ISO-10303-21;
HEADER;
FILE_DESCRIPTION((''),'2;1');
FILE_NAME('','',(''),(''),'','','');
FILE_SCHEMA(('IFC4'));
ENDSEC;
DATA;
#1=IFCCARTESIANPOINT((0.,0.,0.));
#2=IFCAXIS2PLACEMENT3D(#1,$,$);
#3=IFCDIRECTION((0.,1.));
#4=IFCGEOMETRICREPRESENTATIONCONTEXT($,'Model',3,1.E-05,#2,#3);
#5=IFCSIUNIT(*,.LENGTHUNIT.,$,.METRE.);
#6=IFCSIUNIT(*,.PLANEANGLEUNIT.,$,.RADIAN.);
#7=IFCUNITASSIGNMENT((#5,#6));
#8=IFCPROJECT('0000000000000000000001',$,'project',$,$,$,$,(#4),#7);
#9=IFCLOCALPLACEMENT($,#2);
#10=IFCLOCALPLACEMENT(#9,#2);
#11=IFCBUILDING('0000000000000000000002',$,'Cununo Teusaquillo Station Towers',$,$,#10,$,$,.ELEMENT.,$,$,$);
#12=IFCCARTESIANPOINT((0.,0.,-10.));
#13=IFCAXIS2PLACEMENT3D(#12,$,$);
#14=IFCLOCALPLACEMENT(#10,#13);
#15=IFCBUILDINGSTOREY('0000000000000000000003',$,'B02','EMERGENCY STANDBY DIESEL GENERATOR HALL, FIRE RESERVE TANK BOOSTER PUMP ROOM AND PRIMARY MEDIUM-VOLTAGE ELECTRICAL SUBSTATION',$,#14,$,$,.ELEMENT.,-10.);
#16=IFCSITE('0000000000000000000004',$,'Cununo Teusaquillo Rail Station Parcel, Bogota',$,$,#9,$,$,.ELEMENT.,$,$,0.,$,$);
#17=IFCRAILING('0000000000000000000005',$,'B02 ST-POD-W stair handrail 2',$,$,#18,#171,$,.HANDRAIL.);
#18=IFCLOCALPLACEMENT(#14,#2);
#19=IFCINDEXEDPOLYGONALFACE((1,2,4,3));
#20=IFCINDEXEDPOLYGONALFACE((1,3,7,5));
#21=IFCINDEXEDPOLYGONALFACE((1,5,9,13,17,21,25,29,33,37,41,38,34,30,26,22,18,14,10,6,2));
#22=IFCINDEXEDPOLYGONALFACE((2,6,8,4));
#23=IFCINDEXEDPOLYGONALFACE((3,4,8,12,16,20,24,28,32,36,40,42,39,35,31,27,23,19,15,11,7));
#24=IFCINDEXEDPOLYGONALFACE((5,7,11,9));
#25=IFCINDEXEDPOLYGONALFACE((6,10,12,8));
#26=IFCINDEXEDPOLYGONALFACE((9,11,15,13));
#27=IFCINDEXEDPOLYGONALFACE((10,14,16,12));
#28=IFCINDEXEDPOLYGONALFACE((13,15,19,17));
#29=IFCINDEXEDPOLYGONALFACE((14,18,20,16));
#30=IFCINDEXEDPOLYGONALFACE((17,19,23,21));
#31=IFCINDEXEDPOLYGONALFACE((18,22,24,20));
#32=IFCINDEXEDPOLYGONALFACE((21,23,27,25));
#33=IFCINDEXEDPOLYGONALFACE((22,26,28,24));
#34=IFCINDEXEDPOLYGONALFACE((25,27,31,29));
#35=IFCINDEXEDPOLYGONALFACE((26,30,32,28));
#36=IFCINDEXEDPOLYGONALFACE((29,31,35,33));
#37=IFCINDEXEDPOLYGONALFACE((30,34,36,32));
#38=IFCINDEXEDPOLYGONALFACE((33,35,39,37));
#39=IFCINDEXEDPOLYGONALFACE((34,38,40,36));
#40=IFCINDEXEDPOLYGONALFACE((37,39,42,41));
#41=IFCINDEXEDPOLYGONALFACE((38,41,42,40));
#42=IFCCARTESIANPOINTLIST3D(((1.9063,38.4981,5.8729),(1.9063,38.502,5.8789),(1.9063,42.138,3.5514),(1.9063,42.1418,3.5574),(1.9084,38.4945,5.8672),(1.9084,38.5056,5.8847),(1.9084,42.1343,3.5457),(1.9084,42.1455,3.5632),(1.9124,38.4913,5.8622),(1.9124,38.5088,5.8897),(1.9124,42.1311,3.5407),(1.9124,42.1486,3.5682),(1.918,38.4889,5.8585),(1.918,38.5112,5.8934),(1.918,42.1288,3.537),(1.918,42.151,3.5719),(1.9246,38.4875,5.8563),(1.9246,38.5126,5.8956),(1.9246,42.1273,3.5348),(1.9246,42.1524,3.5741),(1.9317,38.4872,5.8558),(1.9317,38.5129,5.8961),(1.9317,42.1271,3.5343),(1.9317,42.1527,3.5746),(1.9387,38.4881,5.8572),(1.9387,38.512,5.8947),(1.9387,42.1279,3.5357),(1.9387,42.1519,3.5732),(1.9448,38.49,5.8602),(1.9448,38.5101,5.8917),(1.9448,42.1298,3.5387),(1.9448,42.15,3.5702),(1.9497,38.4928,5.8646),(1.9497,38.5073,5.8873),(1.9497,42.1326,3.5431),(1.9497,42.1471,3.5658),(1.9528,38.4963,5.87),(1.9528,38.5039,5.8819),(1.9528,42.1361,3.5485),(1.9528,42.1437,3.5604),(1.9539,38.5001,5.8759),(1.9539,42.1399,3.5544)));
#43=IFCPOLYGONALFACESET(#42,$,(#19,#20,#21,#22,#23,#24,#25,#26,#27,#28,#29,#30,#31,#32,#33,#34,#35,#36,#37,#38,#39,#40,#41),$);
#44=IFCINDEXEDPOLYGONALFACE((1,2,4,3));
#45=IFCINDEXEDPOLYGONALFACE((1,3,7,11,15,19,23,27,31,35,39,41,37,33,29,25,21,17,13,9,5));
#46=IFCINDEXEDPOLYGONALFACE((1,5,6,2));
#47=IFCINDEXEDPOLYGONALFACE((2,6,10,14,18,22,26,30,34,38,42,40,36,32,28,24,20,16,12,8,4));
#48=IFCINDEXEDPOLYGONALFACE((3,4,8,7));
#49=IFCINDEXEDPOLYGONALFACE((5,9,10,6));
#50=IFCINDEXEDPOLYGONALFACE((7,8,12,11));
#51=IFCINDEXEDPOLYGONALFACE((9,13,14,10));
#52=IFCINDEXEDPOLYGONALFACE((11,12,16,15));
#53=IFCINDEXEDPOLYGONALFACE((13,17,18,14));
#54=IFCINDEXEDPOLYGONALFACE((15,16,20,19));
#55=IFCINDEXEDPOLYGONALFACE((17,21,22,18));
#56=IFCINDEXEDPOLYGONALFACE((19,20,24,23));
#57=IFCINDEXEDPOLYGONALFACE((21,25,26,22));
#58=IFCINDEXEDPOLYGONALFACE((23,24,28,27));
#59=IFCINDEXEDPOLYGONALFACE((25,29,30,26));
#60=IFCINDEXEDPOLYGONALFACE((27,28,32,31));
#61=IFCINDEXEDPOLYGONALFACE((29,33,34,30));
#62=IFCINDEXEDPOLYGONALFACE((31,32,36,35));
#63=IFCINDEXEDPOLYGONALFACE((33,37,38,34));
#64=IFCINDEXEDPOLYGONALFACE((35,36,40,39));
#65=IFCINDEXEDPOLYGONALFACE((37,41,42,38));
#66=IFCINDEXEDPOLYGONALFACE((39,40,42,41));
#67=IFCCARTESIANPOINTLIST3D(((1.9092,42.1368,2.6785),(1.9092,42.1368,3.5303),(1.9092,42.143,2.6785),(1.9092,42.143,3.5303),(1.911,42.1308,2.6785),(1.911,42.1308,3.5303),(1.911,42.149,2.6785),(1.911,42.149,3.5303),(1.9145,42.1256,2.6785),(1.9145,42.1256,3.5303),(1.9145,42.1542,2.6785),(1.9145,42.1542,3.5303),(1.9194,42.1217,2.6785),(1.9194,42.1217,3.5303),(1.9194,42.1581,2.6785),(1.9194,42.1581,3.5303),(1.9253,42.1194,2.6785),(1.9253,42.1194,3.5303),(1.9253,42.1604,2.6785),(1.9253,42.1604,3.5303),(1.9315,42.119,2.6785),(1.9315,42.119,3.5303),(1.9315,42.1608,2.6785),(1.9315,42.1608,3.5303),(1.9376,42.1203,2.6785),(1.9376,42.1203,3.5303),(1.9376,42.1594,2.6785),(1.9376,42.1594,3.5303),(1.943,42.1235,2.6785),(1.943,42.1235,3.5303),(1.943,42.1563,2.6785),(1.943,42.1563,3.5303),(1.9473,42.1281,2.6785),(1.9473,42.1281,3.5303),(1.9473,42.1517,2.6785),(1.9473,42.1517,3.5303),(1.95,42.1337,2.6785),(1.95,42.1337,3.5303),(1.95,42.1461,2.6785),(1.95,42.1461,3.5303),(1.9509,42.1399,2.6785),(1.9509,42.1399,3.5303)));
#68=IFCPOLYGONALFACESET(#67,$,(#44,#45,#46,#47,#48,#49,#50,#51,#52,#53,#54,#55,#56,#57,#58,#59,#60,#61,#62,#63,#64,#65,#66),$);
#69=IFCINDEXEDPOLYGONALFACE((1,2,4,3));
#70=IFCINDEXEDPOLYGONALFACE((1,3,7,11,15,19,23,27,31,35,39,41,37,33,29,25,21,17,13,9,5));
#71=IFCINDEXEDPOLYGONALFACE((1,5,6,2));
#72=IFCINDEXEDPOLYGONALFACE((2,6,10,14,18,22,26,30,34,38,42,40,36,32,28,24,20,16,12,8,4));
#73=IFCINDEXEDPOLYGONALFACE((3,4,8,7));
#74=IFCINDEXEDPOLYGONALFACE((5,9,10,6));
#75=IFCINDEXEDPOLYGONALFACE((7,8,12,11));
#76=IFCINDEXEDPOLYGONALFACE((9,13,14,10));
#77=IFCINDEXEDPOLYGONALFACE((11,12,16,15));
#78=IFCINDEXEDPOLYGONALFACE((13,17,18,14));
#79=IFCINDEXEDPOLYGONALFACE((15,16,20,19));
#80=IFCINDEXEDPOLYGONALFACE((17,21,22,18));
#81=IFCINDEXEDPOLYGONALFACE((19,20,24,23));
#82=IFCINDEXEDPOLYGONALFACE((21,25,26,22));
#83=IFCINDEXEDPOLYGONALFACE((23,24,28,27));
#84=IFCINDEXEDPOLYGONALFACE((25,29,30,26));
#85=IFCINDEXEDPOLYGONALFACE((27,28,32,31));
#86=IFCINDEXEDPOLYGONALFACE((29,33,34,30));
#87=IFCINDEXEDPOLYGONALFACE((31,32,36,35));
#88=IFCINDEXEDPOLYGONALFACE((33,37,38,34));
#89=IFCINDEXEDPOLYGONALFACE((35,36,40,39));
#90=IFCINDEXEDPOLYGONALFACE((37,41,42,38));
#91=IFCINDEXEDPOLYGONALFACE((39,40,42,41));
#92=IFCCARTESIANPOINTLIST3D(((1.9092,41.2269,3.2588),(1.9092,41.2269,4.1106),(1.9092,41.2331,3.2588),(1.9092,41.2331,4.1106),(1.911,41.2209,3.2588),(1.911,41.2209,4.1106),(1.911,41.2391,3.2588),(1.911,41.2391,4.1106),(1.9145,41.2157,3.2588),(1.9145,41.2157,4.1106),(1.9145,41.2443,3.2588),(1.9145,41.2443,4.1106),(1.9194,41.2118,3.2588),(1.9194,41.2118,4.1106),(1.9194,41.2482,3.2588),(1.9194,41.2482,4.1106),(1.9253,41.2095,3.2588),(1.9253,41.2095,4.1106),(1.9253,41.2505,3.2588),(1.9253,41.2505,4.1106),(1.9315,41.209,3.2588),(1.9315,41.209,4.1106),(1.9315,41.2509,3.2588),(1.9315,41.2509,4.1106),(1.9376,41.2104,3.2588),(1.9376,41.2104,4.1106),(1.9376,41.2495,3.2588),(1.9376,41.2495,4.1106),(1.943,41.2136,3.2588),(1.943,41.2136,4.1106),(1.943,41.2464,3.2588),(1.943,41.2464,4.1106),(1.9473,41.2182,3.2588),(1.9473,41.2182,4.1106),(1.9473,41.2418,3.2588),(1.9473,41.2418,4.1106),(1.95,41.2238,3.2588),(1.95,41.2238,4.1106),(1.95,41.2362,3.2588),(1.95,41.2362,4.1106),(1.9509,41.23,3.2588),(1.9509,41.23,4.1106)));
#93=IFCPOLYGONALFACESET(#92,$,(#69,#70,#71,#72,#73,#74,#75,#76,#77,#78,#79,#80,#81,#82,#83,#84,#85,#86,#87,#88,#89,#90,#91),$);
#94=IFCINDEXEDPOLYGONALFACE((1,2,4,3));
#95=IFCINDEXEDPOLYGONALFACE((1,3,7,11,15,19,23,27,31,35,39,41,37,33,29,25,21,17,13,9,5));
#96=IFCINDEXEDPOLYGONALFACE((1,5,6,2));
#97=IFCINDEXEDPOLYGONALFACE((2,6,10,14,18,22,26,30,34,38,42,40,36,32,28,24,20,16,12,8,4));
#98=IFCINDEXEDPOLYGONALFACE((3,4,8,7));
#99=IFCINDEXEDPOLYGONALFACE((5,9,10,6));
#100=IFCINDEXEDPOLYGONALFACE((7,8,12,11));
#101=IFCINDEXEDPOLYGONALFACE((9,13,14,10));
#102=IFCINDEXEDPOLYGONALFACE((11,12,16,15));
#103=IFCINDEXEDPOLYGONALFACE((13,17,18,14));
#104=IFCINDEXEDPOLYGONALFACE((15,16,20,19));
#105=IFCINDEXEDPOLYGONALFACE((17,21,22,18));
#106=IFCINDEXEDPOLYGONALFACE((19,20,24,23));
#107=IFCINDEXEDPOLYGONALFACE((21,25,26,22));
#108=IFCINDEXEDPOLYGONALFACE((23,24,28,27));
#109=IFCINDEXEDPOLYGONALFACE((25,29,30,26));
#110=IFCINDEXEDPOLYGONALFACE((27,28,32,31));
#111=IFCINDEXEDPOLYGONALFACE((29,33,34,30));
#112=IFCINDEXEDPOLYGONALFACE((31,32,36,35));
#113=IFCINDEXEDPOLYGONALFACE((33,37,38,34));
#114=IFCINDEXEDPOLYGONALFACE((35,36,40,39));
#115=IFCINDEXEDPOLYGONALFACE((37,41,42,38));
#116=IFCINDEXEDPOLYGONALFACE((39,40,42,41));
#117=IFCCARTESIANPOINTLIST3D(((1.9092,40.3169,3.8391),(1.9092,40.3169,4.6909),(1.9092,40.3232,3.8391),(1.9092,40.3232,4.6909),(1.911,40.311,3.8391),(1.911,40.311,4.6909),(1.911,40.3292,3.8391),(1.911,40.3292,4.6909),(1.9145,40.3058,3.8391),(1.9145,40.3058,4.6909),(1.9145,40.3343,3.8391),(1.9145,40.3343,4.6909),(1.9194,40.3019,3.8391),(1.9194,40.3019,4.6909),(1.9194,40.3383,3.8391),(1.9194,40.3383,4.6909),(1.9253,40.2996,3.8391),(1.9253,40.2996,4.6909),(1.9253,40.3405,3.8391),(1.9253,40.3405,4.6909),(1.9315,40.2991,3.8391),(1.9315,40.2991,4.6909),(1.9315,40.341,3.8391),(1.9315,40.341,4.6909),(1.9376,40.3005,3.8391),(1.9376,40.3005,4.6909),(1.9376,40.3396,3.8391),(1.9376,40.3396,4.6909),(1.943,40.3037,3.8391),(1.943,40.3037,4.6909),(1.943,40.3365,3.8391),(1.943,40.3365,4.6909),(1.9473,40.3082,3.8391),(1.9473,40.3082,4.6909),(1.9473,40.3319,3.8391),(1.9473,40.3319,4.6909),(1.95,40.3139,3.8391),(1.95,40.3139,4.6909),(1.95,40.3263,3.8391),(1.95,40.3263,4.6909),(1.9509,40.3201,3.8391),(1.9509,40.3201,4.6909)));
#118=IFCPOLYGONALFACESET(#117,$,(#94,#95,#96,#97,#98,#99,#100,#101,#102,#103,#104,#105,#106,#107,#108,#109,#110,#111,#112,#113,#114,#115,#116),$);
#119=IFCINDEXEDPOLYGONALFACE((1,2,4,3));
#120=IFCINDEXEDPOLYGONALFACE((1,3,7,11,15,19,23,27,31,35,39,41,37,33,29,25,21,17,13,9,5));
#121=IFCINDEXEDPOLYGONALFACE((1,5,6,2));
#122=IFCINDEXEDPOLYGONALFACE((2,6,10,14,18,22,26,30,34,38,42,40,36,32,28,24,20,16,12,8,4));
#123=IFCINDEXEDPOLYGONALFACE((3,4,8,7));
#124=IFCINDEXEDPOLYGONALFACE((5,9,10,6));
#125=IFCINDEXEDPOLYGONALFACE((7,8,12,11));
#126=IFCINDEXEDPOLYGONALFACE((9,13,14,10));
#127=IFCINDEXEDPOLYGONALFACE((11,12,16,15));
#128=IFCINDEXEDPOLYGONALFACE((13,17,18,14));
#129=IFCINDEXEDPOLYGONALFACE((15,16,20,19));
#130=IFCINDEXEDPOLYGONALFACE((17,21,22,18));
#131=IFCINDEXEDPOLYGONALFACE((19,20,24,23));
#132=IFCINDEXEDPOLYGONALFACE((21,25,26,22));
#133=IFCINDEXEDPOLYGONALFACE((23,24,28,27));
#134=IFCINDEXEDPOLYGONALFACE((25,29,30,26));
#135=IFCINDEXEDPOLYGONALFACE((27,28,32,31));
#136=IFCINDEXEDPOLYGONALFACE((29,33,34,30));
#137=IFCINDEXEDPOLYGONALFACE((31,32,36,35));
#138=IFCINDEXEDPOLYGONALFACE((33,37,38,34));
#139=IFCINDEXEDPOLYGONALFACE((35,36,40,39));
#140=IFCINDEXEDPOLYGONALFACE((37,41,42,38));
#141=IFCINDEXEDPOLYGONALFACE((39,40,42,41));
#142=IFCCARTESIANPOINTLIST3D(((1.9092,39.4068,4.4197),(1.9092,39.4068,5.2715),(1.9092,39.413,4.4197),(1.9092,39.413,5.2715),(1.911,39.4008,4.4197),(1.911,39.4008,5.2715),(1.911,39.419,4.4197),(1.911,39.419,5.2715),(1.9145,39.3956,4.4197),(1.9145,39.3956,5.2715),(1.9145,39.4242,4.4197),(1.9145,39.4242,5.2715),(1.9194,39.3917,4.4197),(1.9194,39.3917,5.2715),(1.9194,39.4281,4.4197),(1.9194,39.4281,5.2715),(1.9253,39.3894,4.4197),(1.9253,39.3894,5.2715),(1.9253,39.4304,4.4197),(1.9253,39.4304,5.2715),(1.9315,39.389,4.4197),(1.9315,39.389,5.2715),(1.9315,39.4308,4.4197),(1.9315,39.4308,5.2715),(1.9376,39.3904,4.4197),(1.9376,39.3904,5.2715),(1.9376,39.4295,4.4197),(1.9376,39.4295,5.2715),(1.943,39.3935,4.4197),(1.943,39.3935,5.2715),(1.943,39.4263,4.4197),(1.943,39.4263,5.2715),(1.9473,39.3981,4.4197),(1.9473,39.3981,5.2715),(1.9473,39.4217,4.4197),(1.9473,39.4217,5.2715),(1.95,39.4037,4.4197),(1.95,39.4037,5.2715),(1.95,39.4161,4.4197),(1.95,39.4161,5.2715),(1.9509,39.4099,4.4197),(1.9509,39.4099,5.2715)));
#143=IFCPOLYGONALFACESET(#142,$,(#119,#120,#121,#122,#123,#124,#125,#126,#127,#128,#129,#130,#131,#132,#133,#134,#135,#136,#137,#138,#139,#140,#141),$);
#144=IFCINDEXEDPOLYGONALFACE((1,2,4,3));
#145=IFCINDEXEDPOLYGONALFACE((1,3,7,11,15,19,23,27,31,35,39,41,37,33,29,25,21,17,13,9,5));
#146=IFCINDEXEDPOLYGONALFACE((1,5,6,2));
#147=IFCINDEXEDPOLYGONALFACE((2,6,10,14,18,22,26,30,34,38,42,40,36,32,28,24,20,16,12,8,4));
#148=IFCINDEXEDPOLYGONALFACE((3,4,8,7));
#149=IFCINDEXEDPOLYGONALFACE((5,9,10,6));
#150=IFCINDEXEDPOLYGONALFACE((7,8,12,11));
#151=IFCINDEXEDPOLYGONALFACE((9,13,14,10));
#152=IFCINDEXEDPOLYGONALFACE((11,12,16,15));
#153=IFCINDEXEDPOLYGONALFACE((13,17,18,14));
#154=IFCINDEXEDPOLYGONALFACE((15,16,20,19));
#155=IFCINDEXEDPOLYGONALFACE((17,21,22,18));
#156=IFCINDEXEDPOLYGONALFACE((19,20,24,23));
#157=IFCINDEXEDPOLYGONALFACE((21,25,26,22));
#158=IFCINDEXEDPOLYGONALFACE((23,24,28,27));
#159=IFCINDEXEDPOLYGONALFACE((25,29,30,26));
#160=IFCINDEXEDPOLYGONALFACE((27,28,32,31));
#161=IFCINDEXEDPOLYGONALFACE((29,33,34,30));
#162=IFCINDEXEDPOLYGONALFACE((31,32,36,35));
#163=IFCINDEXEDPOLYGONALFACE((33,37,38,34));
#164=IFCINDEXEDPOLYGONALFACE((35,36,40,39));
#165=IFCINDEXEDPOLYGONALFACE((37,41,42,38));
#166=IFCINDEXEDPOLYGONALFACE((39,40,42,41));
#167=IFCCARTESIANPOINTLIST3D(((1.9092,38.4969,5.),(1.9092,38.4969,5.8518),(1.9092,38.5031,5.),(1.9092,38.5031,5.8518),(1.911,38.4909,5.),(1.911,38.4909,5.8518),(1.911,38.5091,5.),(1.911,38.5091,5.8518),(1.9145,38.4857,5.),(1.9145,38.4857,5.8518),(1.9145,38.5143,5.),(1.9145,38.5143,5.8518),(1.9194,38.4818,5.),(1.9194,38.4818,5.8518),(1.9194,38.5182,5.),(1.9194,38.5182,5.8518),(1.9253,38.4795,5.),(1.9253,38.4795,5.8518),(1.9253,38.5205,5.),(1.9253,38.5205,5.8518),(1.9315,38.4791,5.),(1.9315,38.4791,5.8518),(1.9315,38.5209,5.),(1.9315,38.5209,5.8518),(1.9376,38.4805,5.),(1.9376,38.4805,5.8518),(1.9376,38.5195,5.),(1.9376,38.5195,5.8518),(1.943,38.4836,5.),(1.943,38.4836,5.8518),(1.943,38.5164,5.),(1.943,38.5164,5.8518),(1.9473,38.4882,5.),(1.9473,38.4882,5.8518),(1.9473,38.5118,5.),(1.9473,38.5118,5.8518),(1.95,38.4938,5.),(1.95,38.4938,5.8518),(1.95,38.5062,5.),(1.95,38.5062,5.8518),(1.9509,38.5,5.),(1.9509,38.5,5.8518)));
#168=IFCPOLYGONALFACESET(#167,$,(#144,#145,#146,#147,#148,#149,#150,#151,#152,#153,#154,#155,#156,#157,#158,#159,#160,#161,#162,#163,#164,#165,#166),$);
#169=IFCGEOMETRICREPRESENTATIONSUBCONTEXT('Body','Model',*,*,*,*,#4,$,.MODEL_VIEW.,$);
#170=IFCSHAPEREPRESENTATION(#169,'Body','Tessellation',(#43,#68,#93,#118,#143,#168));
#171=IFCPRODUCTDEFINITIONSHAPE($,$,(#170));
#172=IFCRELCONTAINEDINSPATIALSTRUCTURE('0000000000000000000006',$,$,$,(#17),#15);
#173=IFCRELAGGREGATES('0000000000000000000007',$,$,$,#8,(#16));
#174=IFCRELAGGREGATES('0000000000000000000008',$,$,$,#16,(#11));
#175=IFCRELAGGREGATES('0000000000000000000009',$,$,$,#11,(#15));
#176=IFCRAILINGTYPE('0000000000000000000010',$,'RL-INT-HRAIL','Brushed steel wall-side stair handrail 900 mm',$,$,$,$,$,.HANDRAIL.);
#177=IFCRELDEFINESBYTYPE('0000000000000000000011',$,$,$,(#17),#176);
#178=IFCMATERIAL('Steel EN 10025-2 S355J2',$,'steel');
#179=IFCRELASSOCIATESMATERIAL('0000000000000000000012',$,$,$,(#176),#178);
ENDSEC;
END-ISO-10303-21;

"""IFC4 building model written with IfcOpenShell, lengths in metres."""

from ifc_helpers import new_model, si_unit, direction, frame, origin, origin_2d, place, context, subcontext, project, spatial, circle, extrude, material, type_object, element, save


model = new_model("IFC4")

# Units and contexts
model_context = context("Model", 3, precision=1e-05, world=origin(), true_north=direction((0.0, 1.0)))
body_context = subcontext(model_context, "Body", "Model", "MODEL_VIEW")
ifc_project = project(units=[si_unit("LENGTHUNIT", "METRE"), si_unit("PLANEANGLEUNIT", "RADIAN")], contexts=[model_context])

# Site, building, storey
site_placement = place(None, origin())
site = spatial("IfcSite", under=ifc_project, at=site_placement, Name="Cununo Teusaquillo Rail Station Parcel, Bogota", CompositionType="ELEMENT", RefElevation=0.0)
building_placement = place(site_placement, origin())
building = spatial("IfcBuilding", under=site, at=building_placement, Name="Cununo Teusaquillo Station Towers", CompositionType="ELEMENT")
storey_placement = place(building_placement, frame((0.0, 0.0, -10.0)))
storey = spatial("IfcBuildingStorey", under=building, at=storey_placement, Name="B02", Description="EMERGENCY STANDBY DIESEL GENERATOR HALL, FIRE RESERVE TANK BOOSTER PUMP ROOM AND PRIMARY MEDIUM-VOLTAGE ELECTRICAL SUBSTATION", CompositionType="ELEMENT", Elevation=-10.0)

# Railing
ifc_material_1 = material(Name="Steel EN 10025-2 S355J2", Category="steel")
railing_type_1 = type_object("IfcRailingType", Name="RL-INT-HRAIL", Description="Brushed steel wall-side stair handrail 900 mm", PredefinedType="HANDRAIL", material=ifc_material_1)
railing_1_placement = place(storey_placement, frame((1.9299, 42.1399, 2.6785)))
element("IfcRailing", 1, at=railing_1_placement, inside=storey, type_object=railing_type_1, Name="B02 ST-POD-W stair handrail 2", PredefinedType="HANDRAIL", context=body_context, shape_type="SweptSolid", body=[
    extrude(circle(Radius=0.0239, at=origin_2d()), frame((0.0, 0.0, 0.876), z_axis=(0.0, -0.843112, 0.537739), x_axis=(1.0, 0.0, 0.0)), (0.0, 0.0, 1.0), 4.3171),
    extrude(circle(Radius=0.021, at=origin_2d()), origin(), (0.0, 0.0, 1.0), 0.8518),
    extrude(circle(Radius=0.021, at=origin_2d()), frame((0.0, -0.9099, 0.5803)), (0.0, 0.0, 1.0), 0.8518),
    extrude(circle(Radius=0.021, at=origin_2d()), frame((0.0, -1.8198, 1.1606)), (0.0, 0.0, 1.0), 0.8518),
    extrude(circle(Radius=0.021, at=origin_2d()), frame((0.0, -2.73, 1.7412)), (0.0, 0.0, 1.0), 0.8518),
    extrude(circle(Radius=0.021, at=origin_2d()), frame((0.0, -3.6399, 2.3215)), (0.0, 0.0, 1.0), 0.8518),
])

save(model, "model.ifc")
